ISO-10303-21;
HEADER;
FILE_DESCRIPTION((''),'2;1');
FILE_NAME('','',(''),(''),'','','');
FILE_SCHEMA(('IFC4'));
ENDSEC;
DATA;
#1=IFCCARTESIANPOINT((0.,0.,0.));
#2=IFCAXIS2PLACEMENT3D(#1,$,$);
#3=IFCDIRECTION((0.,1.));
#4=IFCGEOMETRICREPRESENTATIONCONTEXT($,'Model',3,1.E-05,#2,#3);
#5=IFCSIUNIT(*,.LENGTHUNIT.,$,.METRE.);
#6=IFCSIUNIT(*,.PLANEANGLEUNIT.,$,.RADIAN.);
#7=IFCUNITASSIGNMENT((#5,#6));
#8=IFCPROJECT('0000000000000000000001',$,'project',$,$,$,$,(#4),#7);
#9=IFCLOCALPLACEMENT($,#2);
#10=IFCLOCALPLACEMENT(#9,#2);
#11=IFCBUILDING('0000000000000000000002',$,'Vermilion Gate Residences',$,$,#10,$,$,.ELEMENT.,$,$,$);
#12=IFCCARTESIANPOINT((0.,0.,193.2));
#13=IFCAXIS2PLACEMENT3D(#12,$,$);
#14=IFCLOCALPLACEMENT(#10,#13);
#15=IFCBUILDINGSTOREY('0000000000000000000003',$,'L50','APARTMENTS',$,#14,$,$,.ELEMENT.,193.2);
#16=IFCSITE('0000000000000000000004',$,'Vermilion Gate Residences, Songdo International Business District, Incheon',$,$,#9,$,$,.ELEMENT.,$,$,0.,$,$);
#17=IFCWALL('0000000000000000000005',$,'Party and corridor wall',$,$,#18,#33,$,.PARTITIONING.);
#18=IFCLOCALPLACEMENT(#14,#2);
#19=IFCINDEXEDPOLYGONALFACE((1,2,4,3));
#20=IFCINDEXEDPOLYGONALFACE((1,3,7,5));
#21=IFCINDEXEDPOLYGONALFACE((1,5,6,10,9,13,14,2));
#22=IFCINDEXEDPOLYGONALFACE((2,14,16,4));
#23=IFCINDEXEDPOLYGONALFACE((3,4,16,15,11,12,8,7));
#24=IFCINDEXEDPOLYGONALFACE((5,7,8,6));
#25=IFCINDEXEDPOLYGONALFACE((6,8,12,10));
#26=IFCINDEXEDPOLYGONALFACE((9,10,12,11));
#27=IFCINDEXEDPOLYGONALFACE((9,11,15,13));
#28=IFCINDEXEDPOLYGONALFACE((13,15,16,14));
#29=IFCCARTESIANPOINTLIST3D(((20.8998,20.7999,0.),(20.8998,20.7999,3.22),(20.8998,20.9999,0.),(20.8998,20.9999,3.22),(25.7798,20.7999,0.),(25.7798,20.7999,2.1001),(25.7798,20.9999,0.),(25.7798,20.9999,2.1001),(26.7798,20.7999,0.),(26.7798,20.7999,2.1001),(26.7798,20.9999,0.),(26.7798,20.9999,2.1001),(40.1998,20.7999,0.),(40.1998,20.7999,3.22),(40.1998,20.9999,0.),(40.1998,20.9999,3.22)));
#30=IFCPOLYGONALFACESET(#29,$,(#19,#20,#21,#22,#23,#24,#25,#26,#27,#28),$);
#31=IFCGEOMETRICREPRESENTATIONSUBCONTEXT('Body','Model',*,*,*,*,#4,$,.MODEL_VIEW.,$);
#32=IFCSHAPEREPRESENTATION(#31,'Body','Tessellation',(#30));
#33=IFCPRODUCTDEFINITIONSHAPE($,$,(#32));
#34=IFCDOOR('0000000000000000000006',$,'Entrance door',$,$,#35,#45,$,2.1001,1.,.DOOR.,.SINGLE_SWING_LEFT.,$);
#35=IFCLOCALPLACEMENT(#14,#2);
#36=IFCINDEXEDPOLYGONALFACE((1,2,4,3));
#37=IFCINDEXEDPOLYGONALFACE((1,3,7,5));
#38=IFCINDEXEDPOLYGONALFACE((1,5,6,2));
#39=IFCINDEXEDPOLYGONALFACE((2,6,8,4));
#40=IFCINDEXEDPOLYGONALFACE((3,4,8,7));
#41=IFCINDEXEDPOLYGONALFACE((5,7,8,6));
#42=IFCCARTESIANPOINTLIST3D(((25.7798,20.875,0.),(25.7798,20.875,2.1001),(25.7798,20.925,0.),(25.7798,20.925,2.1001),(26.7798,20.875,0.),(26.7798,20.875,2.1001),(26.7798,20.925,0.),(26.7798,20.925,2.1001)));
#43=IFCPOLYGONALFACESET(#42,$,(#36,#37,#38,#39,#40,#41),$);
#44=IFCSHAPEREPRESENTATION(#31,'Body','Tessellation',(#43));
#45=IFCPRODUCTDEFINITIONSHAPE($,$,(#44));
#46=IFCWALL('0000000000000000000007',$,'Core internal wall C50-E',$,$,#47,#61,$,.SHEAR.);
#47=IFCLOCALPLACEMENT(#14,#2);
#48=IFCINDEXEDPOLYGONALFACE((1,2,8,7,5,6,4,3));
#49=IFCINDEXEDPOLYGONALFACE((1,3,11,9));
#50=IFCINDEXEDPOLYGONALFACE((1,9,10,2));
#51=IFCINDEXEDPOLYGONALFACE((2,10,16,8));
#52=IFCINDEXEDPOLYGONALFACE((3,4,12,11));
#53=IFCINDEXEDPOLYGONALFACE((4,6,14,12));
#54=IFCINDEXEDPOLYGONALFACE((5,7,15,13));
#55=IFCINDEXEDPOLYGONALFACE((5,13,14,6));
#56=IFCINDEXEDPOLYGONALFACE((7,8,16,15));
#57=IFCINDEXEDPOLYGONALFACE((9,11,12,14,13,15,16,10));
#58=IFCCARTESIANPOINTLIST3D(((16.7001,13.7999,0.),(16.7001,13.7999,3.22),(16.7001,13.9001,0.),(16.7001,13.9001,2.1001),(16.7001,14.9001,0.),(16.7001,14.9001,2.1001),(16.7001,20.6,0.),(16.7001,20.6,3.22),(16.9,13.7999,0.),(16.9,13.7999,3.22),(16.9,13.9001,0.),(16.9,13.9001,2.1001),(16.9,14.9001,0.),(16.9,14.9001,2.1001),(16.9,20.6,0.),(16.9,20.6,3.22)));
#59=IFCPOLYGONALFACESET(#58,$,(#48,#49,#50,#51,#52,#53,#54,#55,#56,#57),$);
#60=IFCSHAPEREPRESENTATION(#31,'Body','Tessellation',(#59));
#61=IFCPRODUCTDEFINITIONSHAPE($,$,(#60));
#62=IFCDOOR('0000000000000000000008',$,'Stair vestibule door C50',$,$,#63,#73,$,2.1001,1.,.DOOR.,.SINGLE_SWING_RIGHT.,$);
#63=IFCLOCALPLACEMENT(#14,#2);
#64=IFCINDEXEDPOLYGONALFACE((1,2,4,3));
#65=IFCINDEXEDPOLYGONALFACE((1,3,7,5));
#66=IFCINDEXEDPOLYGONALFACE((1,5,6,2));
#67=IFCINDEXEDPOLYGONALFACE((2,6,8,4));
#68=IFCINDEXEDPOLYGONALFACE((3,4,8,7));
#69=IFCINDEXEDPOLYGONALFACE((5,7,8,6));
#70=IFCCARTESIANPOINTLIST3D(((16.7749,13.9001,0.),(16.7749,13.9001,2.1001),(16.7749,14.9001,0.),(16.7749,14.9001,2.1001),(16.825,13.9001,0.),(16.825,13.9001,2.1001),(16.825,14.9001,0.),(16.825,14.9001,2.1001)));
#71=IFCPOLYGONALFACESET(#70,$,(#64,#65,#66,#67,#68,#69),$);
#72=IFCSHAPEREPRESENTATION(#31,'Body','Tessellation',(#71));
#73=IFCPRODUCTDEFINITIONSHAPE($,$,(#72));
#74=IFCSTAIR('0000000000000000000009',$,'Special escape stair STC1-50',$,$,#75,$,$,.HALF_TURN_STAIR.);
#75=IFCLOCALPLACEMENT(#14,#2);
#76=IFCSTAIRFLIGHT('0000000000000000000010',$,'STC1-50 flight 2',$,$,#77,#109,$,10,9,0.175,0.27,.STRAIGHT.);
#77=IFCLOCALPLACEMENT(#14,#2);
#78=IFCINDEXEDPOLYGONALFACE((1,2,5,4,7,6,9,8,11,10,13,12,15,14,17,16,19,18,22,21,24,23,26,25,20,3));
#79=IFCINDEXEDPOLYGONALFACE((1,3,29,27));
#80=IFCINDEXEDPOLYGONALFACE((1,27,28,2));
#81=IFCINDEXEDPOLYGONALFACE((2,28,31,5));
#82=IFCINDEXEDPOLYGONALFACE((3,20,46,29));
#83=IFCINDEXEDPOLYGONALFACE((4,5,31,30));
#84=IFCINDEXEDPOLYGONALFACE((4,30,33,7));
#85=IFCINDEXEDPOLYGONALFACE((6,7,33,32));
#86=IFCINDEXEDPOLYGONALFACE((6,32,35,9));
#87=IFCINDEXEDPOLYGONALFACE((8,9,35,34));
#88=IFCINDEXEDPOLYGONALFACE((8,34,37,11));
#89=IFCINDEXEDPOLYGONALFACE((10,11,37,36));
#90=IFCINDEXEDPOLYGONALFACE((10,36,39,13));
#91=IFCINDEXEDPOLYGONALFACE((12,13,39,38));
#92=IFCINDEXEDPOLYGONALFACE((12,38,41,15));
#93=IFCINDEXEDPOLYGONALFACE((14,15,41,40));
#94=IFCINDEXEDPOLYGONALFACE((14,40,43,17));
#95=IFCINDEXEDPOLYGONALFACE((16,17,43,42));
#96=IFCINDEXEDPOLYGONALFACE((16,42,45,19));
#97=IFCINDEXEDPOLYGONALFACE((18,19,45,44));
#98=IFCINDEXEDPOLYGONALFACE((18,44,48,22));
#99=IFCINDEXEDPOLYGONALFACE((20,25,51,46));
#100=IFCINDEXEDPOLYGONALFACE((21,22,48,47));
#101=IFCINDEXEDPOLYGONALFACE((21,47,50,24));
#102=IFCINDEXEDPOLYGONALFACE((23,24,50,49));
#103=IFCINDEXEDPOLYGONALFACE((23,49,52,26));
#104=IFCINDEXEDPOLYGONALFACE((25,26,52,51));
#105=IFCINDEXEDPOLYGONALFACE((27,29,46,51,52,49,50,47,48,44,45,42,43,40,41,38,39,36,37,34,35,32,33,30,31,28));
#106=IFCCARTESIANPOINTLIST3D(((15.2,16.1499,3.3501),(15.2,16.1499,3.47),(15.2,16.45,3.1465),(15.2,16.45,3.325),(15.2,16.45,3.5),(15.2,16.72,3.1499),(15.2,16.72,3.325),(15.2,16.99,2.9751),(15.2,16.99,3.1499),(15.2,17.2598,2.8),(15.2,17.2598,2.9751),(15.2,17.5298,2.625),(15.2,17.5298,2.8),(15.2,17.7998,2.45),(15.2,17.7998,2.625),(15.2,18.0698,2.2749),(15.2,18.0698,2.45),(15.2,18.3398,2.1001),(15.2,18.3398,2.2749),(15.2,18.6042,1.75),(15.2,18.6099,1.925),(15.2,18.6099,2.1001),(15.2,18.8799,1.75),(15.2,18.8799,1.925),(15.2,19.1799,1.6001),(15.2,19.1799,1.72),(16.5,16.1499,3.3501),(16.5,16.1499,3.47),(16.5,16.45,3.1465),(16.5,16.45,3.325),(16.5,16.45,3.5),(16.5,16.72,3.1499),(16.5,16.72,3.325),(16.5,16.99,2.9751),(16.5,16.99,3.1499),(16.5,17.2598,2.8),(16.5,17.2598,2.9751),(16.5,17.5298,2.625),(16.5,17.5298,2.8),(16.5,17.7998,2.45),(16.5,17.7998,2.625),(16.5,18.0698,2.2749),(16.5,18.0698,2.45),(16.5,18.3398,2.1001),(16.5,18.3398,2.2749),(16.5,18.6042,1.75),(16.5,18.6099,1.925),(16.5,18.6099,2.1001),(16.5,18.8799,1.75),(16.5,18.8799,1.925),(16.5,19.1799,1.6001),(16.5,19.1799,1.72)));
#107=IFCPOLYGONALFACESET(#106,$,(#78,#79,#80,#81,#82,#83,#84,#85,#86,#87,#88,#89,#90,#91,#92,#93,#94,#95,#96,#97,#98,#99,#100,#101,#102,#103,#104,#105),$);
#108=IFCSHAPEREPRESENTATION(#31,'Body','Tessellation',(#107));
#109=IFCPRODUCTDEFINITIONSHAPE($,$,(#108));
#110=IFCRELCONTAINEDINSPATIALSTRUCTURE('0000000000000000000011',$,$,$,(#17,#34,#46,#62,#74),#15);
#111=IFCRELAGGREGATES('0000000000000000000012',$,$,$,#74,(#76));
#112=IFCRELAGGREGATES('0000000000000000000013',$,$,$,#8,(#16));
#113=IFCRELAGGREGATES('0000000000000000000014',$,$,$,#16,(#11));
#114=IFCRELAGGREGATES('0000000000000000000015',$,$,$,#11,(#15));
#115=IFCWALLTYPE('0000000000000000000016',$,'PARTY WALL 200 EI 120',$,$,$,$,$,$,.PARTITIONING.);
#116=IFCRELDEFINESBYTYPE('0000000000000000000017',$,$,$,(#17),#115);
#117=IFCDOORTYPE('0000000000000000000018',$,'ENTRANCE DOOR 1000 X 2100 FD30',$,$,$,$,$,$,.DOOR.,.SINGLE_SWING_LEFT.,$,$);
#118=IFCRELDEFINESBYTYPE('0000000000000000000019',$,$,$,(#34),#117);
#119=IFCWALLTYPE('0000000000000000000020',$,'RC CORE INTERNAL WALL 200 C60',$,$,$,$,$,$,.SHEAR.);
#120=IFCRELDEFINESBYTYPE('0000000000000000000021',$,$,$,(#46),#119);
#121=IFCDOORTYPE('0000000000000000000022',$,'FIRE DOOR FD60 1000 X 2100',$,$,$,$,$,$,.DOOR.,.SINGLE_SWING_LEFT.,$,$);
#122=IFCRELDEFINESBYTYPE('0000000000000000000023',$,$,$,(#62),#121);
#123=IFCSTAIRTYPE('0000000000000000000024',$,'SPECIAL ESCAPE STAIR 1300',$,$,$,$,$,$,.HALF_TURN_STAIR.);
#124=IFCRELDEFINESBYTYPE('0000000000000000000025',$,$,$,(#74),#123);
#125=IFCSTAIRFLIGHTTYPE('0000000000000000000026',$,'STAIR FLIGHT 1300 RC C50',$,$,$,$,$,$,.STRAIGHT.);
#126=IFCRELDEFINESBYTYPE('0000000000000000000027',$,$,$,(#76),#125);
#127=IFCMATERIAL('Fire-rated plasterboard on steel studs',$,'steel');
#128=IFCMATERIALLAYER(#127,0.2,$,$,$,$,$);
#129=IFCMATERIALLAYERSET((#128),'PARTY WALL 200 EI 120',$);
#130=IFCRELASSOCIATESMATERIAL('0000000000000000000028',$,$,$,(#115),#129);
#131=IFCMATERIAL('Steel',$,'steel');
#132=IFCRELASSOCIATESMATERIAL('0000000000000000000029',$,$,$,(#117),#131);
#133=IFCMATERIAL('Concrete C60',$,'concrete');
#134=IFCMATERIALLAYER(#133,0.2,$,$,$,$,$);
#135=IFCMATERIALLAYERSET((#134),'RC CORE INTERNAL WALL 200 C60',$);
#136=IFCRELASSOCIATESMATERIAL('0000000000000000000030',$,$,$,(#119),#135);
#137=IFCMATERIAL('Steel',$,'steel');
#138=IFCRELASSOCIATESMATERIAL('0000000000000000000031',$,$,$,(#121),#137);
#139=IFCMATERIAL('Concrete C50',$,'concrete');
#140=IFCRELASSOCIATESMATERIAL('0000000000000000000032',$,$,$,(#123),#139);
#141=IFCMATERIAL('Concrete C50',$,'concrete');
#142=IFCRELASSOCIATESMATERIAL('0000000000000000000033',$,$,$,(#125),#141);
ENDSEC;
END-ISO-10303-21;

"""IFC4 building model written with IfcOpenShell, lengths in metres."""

from ifc_helpers import new_model, si_unit, direction, frame, frame_2d, origin, place, context, subcontext, project, spatial, polyline, rectangle, outline, extrude, material, layer, layer_set, type_object, element, fill, aggregate, save


model = new_model("IFC4")

# Units and contexts
model_context = context("Model", 3, precision=1e-05, world=origin(), true_north=direction((0.0, 1.0)))
body_context = subcontext(model_context, "Body", "Model", "MODEL_VIEW")
ifc_project = project(units=[si_unit("LENGTHUNIT", "METRE"), si_unit("PLANEANGLEUNIT", "RADIAN")], contexts=[model_context])

# Site, building, storey
site_placement = place(None, origin())
site = spatial("IfcSite", under=ifc_project, at=site_placement, Name="Vermilion Gate Residences, Songdo International Business District, Incheon", CompositionType="ELEMENT", RefElevation=0.0)
building_placement = place(site_placement, origin())
building = spatial("IfcBuilding", under=site, at=building_placement, Name="Vermilion Gate Residences", CompositionType="ELEMENT")
storey_placement = place(building_placement, frame((0.0, 0.0, 193.2)))
storey = spatial("IfcBuildingStorey", under=building, at=storey_placement, Name="L50", Description="APARTMENTS", CompositionType="ELEMENT", Elevation=193.2)

# Walls, openings, doors
ifc_material_1 = material(Name="Fire-rated plasterboard on steel studs", Category="steel")
ifc_layer_1 = layer(ifc_material_1, 0.2)
ifc_layer_set_1 = layer_set([ifc_layer_1], Name="PARTY WALL 200 EI 120")
wall_type_1 = type_object("IfcWallType", Name="PARTY WALL 200 EI 120", PredefinedType="PARTITIONING", material=ifc_layer_set_1)
wall_1_placement = place(storey_placement, frame((20.8999, 20.8999, 0.0), z_axis=(0.0, 0.0, 1.0), x_axis=(1.0, 0.0, 0.0)))
wall_1 = element("IfcWall", 1, at=wall_1_placement, inside=storey, type_object=wall_type_1, Name="Party and corridor wall", PredefinedType="PARTITIONING", context=body_context, shape_type="SweptSolid", body=[
    extrude(rectangle(XDim=19.3, YDim=0.2, at=frame_2d((9.6499, 0.0))), origin(), (0.0, 0.0, 1.0), 3.22),
])
opening_1_placement = place(wall_1_placement, frame((4.8799, 0.0, 0.0)))
opening_1 = element("IfcOpeningElement", 2, at=opening_1_placement, cuts=wall_1, PredefinedType="OPENING", context=body_context, shape_type="SweptSolid", body=[
    extrude(rectangle(XDim=1.0, YDim=2.1001, at=frame_2d((0.5, 1.05))), frame((0.0, 0.1099, 0.0), z_axis=(0.0, -1.0, 0.0), x_axis=(1.0, 0.0, 0.0)), (0.0, 0.0, 1.0), 0.22),
])
ifc_material_2 = material(Name="Steel", Category="steel")
door_type_1 = type_object("IfcDoorType", Name="ENTRANCE DOOR 1000 X 2100 FD30", OperationType="SINGLE_SWING_LEFT", PredefinedType="DOOR", material=ifc_material_2)
door_1_placement = place(opening_1_placement, frame((1.0, 0.0, 0.0), z_axis=(0.0, 0.0, 1.0), x_axis=(-1.0, 0.0, 0.0)))
door_1 = element("IfcDoor", 3, at=door_1_placement, inside=storey, type_object=door_type_1, Name="Entrance door", OperationType="SINGLE_SWING_LEFT", OverallHeight=2.1001, OverallWidth=1.0, PredefinedType="DOOR", context=body_context, shape_type="SweptSolid", body=[
    extrude(rectangle(XDim=1.0, YDim=2.1001, at=frame_2d((0.5, 1.05))), frame((0.0, 0.0249, 0.0), z_axis=(0.0, -1.0, 0.0), x_axis=(1.0, 0.0, 0.0)), (0.0, 0.0, 1.0), 0.05),
])
fill(opening_1, door_1)
ifc_material_3 = material(Name="Concrete C60", Category="concrete")
ifc_layer_2 = layer(ifc_material_3, 0.2)
ifc_layer_set_2 = layer_set([ifc_layer_2], Name="RC CORE INTERNAL WALL 200 C60")
wall_type_2 = type_object("IfcWallType", Name="RC CORE INTERNAL WALL 200 C60", PredefinedType="SHEAR", material=ifc_layer_set_2)
wall_2_placement = place(storey_placement, frame((16.8, 13.8, 0.0), z_axis=(0.0, 0.0, 1.0), x_axis=(0.0, 1.0, 0.0)))
wall_2 = element("IfcWall", 4, at=wall_2_placement, inside=storey, type_object=wall_type_2, Name="Core internal wall C50-E", PredefinedType="SHEAR", context=body_context, shape_type="SweptSolid", body=[
    extrude(rectangle(XDim=6.8, YDim=0.2, at=frame_2d((3.3999, 0.0))), origin(), (0.0, 0.0, 1.0), 3.22),
])
opening_2_placement = place(wall_2_placement, frame((0.1001, 0.0, 0.0)))
opening_2 = element("IfcOpeningElement", 5, at=opening_2_placement, cuts=wall_2, PredefinedType="OPENING", context=body_context, shape_type="SweptSolid", body=[
    extrude(rectangle(XDim=1.0, YDim=2.1001, at=frame_2d((0.5, 1.05))), frame((0.0, 0.1099, 0.0), z_axis=(0.0, -1.0, 0.0), x_axis=(1.0, 0.0, 0.0)), (0.0, 0.0, 1.0), 0.22),
])
ifc_material_4 = material(Name="Steel", Category="steel")
door_type_2 = type_object("IfcDoorType", Name="FIRE DOOR FD60 1000 X 2100", OperationType="SINGLE_SWING_LEFT", PredefinedType="DOOR", material=ifc_material_4)
door_2_placement = place(opening_2_placement, frame((1.0, 0.0, 0.0), z_axis=(0.0, 0.0, 1.0), x_axis=(-1.0, 0.0, 0.0)))
door_2 = element("IfcDoor", 6, at=door_2_placement, inside=storey, type_object=door_type_2, Name="Stair vestibule door C50", OperationType="SINGLE_SWING_RIGHT", OverallHeight=2.1001, OverallWidth=1.0, PredefinedType="DOOR", context=body_context, shape_type="SweptSolid", body=[
    extrude(rectangle(XDim=1.0, YDim=2.1001, at=frame_2d((0.5, 1.05))), frame((0.0, 0.0249, 0.0), z_axis=(0.0, -1.0, 0.0), x_axis=(1.0, 0.0, 0.0)), (0.0, 0.0, 1.0), 0.05),
])
fill(opening_2, door_2)

# Stair, stair flight
ifc_material_5 = material(Name="Concrete C50", Category="concrete")
stair_type = type_object("IfcStairType", Name="SPECIAL ESCAPE STAIR 1300", PredefinedType="HALF_TURN_STAIR", material=ifc_material_5)
stair_placement = place(storey_placement, origin())
stair = element("IfcStair", 7, at=stair_placement, inside=storey, type_object=stair_type, Name="Special escape stair STC1-50", PredefinedType="HALF_TURN_STAIR")
ifc_material_6 = material(Name="Concrete C50", Category="concrete")
stair_flight_type = type_object("IfcStairFlightType", Name="STAIR FLIGHT 1300 RC C50", PredefinedType="STRAIGHT", material=ifc_material_6)
stair_flight_placement = place(storey_placement, frame((15.8501, 18.8799, 1.75), z_axis=(0.0, 0.0, 1.0), x_axis=(0.0, -1.0, 0.0)))
stair_flight = element("IfcStairFlight", 8, at=stair_flight_placement, type_object=stair_flight_type, Name="STC1-50 flight 2", NumberOfRisers=10, NumberOfTreads=9, PredefinedType="STRAIGHT", RiserHeight=0.175, TreadLength=0.27, context=body_context, shape_type="SweptSolid", body=[
    extrude(outline(polyline([(-0.3, -0.1499), (-0.3, -0.03), (0.0, 0.0), (0.0, 0.175), (0.27, 0.175), (0.27, 0.3501), (0.54, 0.3501), (0.54, 0.5249), (0.8101, 0.5249), (0.8101, 0.7), (1.0801, 0.7), (1.0801, 0.875), (1.3501, 0.875), (1.3501, 1.05), (1.6201, 1.05), (1.6201, 1.2251), (1.8899, 1.2251), (1.8899, 1.3999), (2.1599, 1.3999), (2.1599, 1.575), (2.4299, 1.575), (2.4299, 1.75), (2.73, 1.72), (2.73, 1.6001), (2.4299, 1.3965), (0.2756, 0.0), (-0.3, -0.1499)])), frame((0.0, 0.6499, 0.0), z_axis=(0.0, -1.0, 0.0), x_axis=(1.0, 0.0, 0.0)), (0.0, 0.0, 1.0), 1.3),
])
aggregate(stair, [stair_flight])

save(model, "model.ifc")
